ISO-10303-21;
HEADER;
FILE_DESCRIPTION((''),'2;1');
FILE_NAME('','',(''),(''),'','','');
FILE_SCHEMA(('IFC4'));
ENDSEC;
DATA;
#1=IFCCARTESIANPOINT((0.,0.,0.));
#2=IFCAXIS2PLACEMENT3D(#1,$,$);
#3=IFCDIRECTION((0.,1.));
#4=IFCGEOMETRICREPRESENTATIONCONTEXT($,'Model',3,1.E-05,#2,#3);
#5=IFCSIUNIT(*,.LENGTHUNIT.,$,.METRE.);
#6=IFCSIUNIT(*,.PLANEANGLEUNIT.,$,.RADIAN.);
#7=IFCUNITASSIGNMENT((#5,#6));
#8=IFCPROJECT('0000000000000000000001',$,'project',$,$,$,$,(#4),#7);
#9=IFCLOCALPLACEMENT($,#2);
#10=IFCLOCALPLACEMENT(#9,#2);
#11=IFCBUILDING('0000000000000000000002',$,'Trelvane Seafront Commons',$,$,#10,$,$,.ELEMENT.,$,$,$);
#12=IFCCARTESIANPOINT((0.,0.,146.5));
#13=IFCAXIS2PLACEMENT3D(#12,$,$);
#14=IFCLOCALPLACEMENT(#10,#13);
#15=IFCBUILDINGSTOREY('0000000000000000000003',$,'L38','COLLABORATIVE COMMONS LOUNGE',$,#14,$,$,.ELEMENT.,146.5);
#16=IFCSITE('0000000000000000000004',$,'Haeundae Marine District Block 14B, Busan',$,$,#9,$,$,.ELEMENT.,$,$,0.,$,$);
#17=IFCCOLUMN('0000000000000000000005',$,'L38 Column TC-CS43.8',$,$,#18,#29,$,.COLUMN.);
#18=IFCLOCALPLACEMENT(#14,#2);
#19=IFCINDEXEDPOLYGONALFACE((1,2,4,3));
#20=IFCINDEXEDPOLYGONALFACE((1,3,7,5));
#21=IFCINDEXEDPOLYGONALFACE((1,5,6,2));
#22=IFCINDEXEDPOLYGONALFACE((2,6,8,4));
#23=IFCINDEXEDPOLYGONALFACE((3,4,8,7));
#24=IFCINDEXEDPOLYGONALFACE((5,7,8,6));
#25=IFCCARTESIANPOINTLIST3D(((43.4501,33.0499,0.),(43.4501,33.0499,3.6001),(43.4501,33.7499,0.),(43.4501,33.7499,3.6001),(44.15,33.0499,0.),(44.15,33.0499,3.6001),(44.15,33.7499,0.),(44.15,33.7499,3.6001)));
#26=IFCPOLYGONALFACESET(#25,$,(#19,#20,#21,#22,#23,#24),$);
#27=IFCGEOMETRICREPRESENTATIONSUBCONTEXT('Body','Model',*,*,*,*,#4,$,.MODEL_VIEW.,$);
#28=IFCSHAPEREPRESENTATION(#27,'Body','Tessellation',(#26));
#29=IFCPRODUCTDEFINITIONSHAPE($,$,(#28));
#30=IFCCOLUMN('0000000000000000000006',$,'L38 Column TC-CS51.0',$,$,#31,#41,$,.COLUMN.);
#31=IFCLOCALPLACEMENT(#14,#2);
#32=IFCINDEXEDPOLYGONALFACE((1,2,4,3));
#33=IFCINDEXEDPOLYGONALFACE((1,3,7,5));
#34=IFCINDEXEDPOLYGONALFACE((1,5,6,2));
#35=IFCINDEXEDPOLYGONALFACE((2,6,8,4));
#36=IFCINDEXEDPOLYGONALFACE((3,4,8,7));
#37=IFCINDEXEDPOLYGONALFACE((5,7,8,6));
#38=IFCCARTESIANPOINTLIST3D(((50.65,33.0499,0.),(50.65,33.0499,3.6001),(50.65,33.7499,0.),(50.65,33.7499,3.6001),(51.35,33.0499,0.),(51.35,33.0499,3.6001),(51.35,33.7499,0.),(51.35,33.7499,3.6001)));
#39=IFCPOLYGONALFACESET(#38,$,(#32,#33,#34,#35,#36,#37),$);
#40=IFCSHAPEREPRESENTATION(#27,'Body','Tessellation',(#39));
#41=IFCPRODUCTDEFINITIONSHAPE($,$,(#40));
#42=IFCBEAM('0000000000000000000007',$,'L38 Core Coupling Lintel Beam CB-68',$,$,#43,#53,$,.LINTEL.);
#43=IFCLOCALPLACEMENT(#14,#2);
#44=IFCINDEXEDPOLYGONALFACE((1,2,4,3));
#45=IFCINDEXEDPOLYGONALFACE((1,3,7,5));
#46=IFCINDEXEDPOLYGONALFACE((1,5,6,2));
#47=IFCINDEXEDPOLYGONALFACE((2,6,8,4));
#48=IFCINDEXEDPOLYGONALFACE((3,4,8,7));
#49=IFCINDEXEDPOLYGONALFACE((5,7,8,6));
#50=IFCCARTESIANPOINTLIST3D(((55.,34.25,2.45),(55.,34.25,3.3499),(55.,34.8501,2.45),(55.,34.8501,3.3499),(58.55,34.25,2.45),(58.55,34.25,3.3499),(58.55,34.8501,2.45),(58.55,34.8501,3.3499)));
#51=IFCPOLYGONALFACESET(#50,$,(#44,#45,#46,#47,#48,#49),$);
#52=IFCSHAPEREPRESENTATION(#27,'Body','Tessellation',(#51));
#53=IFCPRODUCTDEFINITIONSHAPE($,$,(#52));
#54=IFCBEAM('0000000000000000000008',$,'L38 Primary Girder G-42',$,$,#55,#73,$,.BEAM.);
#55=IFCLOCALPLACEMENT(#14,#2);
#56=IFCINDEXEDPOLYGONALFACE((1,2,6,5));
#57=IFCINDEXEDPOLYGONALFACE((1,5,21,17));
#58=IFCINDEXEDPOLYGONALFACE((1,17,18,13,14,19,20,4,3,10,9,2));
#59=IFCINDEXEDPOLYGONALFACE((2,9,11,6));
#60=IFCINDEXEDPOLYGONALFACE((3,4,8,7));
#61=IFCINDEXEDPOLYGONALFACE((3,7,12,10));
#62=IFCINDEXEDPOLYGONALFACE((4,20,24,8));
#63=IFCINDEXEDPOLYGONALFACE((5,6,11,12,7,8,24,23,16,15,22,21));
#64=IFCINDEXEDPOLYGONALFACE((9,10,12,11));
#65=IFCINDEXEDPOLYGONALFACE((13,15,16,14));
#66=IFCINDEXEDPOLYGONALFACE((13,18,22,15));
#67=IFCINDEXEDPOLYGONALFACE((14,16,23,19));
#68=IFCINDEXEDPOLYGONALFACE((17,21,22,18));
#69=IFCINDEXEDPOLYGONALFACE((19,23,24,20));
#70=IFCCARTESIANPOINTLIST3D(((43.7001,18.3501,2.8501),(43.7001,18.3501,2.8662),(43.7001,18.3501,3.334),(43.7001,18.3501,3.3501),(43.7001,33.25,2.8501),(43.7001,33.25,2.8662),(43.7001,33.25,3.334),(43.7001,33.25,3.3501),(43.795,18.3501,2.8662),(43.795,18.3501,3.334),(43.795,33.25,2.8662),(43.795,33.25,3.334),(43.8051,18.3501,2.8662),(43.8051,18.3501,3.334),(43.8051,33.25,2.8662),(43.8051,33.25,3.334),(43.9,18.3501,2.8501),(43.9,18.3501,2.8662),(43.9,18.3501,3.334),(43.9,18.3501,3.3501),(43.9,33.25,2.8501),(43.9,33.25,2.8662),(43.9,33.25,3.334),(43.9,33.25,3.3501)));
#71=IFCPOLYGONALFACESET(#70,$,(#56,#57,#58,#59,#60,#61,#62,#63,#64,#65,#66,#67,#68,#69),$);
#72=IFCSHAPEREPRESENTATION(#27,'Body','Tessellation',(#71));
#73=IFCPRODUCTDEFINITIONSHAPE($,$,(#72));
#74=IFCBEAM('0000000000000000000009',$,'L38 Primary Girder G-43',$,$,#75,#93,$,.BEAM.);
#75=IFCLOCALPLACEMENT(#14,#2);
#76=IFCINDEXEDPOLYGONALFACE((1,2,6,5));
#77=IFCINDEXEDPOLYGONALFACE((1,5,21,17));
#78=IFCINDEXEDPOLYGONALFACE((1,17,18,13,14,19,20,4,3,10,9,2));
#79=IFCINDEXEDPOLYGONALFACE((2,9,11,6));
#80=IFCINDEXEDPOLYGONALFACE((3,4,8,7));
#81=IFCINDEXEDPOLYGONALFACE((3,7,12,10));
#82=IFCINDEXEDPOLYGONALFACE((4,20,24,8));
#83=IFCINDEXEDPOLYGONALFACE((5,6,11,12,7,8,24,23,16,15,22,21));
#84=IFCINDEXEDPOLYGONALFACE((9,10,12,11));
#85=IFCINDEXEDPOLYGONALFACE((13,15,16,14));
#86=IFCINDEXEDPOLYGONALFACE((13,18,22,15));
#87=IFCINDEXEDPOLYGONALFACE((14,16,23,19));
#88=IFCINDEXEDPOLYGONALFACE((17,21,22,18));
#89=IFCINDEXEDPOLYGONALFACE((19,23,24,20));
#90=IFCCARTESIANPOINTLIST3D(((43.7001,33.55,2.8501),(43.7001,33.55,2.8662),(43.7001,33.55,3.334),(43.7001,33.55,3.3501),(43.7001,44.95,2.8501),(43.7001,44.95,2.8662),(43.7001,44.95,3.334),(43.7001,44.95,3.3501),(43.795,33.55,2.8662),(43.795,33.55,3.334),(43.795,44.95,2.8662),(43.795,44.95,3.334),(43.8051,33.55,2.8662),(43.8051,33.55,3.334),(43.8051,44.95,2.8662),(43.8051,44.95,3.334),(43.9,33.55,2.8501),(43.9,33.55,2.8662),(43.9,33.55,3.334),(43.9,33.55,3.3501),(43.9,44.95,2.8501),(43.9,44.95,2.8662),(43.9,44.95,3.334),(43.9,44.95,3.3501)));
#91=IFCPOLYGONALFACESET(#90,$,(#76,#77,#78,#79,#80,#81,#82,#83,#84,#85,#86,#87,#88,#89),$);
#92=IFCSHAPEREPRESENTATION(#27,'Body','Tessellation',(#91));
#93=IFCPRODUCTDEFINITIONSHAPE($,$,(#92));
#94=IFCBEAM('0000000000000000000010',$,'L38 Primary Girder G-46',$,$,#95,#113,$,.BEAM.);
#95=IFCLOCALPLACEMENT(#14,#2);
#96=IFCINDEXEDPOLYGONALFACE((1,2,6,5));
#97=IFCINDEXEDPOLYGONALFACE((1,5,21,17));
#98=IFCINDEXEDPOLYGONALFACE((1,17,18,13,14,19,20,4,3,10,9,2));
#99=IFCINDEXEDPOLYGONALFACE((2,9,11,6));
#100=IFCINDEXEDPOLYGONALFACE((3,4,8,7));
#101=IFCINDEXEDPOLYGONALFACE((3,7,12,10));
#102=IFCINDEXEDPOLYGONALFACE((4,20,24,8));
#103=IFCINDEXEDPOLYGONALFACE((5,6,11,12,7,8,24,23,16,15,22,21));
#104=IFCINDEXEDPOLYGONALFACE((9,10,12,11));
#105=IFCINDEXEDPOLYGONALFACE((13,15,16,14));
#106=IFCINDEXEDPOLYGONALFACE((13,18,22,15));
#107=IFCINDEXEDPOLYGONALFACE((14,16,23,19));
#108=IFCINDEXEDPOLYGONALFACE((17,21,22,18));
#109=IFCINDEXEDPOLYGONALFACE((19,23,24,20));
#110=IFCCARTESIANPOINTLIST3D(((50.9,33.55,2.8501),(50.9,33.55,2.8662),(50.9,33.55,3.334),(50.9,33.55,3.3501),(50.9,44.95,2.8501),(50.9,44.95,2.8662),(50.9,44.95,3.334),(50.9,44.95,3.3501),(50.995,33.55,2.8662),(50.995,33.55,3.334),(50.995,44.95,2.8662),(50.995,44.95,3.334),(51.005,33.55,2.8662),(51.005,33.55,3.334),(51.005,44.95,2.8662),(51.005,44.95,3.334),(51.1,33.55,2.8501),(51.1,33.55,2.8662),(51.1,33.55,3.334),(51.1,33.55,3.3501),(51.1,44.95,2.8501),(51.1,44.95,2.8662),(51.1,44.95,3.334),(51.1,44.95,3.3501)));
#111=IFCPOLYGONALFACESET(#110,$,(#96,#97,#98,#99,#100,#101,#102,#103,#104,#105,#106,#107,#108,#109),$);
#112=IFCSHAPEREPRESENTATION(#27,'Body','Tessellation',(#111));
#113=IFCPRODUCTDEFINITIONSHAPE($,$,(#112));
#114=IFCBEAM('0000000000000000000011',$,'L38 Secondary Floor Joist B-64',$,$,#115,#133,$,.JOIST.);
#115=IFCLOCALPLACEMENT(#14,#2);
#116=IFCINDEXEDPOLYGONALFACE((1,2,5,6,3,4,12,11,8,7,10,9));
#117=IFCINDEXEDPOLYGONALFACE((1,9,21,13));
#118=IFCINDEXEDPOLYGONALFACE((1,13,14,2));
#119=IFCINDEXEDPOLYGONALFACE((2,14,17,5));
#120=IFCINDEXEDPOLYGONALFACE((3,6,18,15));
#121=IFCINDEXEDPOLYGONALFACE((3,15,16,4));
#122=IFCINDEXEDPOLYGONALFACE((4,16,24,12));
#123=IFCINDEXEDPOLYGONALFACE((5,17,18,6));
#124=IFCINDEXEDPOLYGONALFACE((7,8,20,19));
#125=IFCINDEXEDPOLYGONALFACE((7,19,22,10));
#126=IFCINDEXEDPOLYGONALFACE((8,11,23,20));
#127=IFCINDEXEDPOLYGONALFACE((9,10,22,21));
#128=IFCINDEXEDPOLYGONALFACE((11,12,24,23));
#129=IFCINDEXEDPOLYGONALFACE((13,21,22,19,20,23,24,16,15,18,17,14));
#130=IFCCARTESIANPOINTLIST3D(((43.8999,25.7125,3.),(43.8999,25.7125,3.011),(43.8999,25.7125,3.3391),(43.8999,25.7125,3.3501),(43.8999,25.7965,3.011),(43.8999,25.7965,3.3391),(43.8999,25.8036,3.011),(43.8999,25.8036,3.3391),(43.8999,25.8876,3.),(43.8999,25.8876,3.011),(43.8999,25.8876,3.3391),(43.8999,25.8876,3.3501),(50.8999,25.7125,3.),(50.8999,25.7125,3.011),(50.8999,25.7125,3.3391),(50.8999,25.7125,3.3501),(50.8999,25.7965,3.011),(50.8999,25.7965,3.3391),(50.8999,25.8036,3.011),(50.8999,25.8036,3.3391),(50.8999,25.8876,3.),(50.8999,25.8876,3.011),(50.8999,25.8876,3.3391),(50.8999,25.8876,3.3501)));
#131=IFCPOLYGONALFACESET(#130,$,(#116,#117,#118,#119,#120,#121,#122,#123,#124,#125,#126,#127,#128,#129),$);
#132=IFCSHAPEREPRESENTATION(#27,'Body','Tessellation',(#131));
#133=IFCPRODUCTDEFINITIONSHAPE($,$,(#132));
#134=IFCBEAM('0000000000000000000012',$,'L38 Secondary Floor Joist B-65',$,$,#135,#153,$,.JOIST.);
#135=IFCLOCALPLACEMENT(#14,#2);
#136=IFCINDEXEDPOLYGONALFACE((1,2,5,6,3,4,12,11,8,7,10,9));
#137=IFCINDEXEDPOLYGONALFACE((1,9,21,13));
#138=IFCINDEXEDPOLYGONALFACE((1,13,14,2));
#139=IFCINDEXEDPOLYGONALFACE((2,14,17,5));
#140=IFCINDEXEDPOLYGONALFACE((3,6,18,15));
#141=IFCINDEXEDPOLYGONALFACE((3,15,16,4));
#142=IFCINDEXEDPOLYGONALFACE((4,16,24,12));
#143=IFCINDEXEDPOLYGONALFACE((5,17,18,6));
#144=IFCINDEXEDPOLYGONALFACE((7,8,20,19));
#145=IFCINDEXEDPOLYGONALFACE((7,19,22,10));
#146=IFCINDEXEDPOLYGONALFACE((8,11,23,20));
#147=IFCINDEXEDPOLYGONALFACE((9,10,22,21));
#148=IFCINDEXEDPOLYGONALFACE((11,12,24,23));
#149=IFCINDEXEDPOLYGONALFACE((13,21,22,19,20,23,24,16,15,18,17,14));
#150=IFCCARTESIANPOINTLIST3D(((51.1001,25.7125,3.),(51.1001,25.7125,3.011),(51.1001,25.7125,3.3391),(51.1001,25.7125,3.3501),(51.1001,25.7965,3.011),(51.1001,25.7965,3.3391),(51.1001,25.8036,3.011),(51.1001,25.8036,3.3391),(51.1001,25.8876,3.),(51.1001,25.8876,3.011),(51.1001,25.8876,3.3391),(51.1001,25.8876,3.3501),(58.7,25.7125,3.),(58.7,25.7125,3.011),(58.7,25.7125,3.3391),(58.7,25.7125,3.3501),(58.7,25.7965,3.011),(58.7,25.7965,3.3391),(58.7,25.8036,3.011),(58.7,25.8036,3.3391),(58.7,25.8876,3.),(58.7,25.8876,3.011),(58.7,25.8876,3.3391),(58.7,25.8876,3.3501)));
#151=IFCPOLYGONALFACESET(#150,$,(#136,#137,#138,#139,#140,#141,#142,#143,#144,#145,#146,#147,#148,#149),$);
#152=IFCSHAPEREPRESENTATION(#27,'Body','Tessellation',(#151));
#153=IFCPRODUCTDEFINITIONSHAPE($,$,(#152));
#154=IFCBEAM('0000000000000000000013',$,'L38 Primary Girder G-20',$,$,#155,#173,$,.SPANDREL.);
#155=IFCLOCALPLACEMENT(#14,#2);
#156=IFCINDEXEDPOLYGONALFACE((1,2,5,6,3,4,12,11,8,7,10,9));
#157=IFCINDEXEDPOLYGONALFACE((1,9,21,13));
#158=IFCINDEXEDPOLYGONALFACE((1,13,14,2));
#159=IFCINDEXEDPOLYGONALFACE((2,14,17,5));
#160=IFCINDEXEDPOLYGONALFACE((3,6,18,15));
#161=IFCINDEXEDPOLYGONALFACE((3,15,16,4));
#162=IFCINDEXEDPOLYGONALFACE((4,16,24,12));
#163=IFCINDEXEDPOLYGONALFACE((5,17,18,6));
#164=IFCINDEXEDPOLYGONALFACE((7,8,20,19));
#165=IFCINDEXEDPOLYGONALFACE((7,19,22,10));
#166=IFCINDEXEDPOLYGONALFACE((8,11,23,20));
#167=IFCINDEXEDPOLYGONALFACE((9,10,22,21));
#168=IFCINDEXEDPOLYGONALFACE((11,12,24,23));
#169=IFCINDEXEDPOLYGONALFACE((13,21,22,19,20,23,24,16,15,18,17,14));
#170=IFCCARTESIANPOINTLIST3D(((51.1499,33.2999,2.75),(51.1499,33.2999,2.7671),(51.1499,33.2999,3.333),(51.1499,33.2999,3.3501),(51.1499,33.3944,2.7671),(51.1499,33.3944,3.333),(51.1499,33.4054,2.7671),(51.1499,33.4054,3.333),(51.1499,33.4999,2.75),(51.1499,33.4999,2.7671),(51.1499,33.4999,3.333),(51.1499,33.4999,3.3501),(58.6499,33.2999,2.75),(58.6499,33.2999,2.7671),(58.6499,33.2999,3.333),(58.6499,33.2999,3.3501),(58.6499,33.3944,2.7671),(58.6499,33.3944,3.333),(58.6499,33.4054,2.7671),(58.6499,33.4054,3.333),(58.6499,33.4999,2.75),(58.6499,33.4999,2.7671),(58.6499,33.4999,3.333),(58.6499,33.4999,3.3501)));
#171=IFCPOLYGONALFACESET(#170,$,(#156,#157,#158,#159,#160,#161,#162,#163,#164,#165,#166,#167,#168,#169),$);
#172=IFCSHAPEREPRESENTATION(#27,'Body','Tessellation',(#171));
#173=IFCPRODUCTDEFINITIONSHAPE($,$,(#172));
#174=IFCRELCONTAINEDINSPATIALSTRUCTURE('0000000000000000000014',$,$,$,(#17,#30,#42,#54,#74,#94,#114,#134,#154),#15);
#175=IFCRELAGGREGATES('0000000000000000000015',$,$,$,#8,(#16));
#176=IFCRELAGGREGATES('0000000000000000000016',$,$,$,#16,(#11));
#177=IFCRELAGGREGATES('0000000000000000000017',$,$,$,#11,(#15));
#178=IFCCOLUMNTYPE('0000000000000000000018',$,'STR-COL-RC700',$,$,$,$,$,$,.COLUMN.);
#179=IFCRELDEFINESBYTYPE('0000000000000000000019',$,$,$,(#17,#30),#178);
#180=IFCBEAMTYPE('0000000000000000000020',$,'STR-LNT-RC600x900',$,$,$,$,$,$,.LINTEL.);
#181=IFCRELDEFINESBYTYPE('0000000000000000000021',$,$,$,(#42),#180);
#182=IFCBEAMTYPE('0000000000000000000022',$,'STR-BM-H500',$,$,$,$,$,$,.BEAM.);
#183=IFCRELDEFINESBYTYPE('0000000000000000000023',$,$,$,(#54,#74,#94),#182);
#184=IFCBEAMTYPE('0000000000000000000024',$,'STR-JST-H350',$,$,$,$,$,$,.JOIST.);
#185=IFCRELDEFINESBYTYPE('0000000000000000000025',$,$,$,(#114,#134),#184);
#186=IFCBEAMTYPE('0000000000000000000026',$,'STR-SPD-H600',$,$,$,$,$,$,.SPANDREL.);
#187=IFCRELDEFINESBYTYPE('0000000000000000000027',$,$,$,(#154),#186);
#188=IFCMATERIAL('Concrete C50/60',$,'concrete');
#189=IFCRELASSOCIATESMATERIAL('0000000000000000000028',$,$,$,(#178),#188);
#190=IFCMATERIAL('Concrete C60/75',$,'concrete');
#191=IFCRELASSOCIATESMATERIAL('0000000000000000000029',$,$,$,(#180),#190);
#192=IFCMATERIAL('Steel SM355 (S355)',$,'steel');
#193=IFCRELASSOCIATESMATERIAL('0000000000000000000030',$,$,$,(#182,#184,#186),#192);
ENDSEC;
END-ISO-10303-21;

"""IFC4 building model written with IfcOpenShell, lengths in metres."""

from ifc_helpers import new_model, si_unit, direction, frame, origin, origin_2d, place, context, subcontext, project, spatial, rectangle, i_section, extrude, source, transform, mapped, material, material_profile, profile_set, type_object, element, save


model = new_model("IFC4")

# Units and contexts
model_context = context("Model", 3, precision=1e-05, world=origin(), true_north=direction((0.0, 1.0)))
body_context = subcontext(model_context, "Body", "Model", "MODEL_VIEW")
ifc_project = project(units=[si_unit("LENGTHUNIT", "METRE"), si_unit("PLANEANGLEUNIT", "RADIAN")], contexts=[model_context])

# Site, building, storey
site_placement = place(None, origin())
site = spatial("IfcSite", under=ifc_project, at=site_placement, Name="Haeundae Marine District Block 14B, Busan", CompositionType="ELEMENT", RefElevation=0.0)
building_placement = place(site_placement, origin())
building = spatial("IfcBuilding", under=site, at=building_placement, Name="Trelvane Seafront Commons", CompositionType="ELEMENT")
storey_placement = place(building_placement, frame((0.0, 0.0, 146.5)))
storey = spatial("IfcBuildingStorey", under=building, at=storey_placement, Name="L38", Description="COLLABORATIVE COMMONS LOUNGE", CompositionType="ELEMENT", Elevation=146.5)

# Columns
ifc_material_1 = material(Name="Concrete C50/60", Category="concrete")
ifc_material_profile_1 = material_profile(ifc_material_1, rectangle(XDim=0.7, YDim=0.7, at=origin_2d()), Name="RC-700x700")
ifc_profile_set_1 = profile_set([ifc_material_profile_1], Name="Concrete C50/60")
column_type = type_object("IfcColumnType", Name="STR-COL-RC700", PredefinedType="COLUMN", material=ifc_profile_set_1)
shared_shape_1 = source(origin(), body_context, "Body", "SweptSolid", [
    extrude(rectangle(XDim=0.7, YDim=0.7, at=origin_2d()), origin(), (0.0, 0.0, 1.0), 3.6001),
])
for number, where, z_axis, x_axis, name in (
    (1, (43.8, 33.3999, 0.0), (0.0, 0.0, 1.0), (1.0, 0.0, 0.0), "L38 Column TC-CS43.8"),
    (2, (51.0, 33.3999, 0.0), (0.0, 0.0, 1.0), (1.0, 0.0, 0.0), "L38 Column TC-CS51.0"),
):
    element("IfcColumn", number, at=place(storey_placement, frame(where, z_axis=z_axis, x_axis=x_axis)), inside=storey, type_object=column_type, Name=name, PredefinedType="COLUMN", context=body_context, shape_type="MappedRepresentation", body=[
        mapped(shared_shape_1, transform((0.0, 0.0, 0.0), x_axis=(1.0, 0.0, 0.0), y_axis=(0.0, 1.0, 0.0), z_axis=(0.0, 0.0, 1.0), scale=1.0)),
    ])

# Beams
ifc_material_2 = material(Name="Concrete C60/75", Category="concrete")
ifc_material_profile_2 = material_profile(ifc_material_2, rectangle(XDim=0.6001, YDim=0.8999, at=origin_2d()), Name="RC-600x900")
ifc_profile_set_2 = profile_set([ifc_material_profile_2], Name="Concrete C60/75")
beam_type_1 = type_object("IfcBeamType", Name="STR-LNT-RC600x900", PredefinedType="LINTEL", material=ifc_profile_set_2)
shared_shape_2 = source(origin(), body_context, "Body", "SweptSolid", [
    extrude(rectangle(XDim=0.6001, YDim=0.8999, at=origin_2d()), origin(), (0.0, 0.0, 1.0), 3.55),
])
beam_1_placement = place(storey_placement, frame((55.0, 34.55, 2.8999), z_axis=(1.0, 0.0, 0.0), x_axis=(0.0, 1.0, 0.0)))
element("IfcBeam", 3, at=beam_1_placement, inside=storey, type_object=beam_type_1, Name="L38 Core Coupling Lintel Beam CB-68", PredefinedType="LINTEL", context=body_context, shape_type="MappedRepresentation", body=[
    mapped(shared_shape_2, transform((0.0, 0.0, 0.0), x_axis=(1.0, 0.0, 0.0), y_axis=(0.0, 1.0, 0.0), z_axis=(0.0, 0.0, 1.0), scale=1.0)),
])
ifc_material_3 = material(Name="Steel SM355 (S355)", Category="steel")
ifc_material_profile_3 = material_profile(ifc_material_3, i_section(OverallWidth=0.2, OverallDepth=0.5, WebThickness=0.01, FlangeThickness=0.0161, at=origin_2d()), Name="H-500x200x10x16")
ifc_profile_set_3 = profile_set([ifc_material_profile_3], Name="Steel SM355 (S355)")
beam_type_2 = type_object("IfcBeamType", Name="STR-BM-H500", PredefinedType="BEAM", material=ifc_profile_set_3)
shared_shape_3 = source(origin(), body_context, "Body", "SweptSolid", [
    extrude(i_section(OverallWidth=0.2, OverallDepth=0.5, WebThickness=0.01, FlangeThickness=0.0161, at=origin_2d()), origin(), (0.0, 0.0, 1.0), 14.8999),
])
beam_2_placement = place(storey_placement, frame((43.8, 18.3501, 3.1001), z_axis=(0.0, 1.0, 0.0), x_axis=(-1.0, 0.0, 0.0)))
element("IfcBeam", 4, at=beam_2_placement, inside=storey, type_object=beam_type_2, Name="L38 Primary Girder G-42", PredefinedType="BEAM", context=body_context, shape_type="MappedRepresentation", body=[
    mapped(shared_shape_3, transform((0.0, 0.0, 0.0), x_axis=(1.0, 0.0, 0.0), y_axis=(0.0, 1.0, 0.0), z_axis=(0.0, 0.0, 1.0), scale=1.0)),
])
shared_shape_4 = source(origin(), body_context, "Body", "SweptSolid", [
    extrude(i_section(OverallWidth=0.2, OverallDepth=0.5, WebThickness=0.01, FlangeThickness=0.0161, at=origin_2d()), origin(), (0.0, 0.0, 1.0), 11.3999),
])
for number, where, z_axis, x_axis, name in (
    (5, (43.8, 33.55, 3.1001), (0.0, 1.0, 0.0), (-1.0, 0.0, 0.0), "L38 Primary Girder G-43"),
    (6, (51.0, 33.55, 3.1001), (0.0, 1.0, 0.0), (-1.0, 0.0, 0.0), "L38 Primary Girder G-46"),
):
    element("IfcBeam", number, at=place(storey_placement, frame(where, z_axis=z_axis, x_axis=x_axis)), inside=storey, type_object=beam_type_2, Name=name, PredefinedType="BEAM", context=body_context, shape_type="MappedRepresentation", body=[
        mapped(shared_shape_4, transform((0.0, 0.0, 0.0), x_axis=(1.0, 0.0, 0.0), y_axis=(0.0, 1.0, 0.0), z_axis=(0.0, 0.0, 1.0), scale=1.0)),
    ])
ifc_material_profile_4 = material_profile(ifc_material_3, i_section(OverallWidth=0.175, OverallDepth=0.3501, WebThickness=0.0071, FlangeThickness=0.011, at=origin_2d()), Name="H-350x175x7x11")
ifc_profile_set_4 = profile_set([ifc_material_profile_4], Name="Steel SM355 (S355)")
beam_type_3 = type_object("IfcBeamType", Name="STR-JST-H350", PredefinedType="JOIST", material=ifc_profile_set_4)
shared_shape_5 = source(origin(), body_context, "Body", "SweptSolid", [
    extrude(i_section(OverallWidth=0.175, OverallDepth=0.3501, WebThickness=0.0071, FlangeThickness=0.011, at=origin_2d()), origin(), (0.0, 0.0, 1.0), 7.0),
])
beam_3_placement = place(storey_placement, frame((43.8999, 25.8, 3.175), z_axis=(1.0, 0.0, 0.0), x_axis=(0.0, 1.0, 0.0)))
element("IfcBeam", 7, at=beam_3_placement, inside=storey, type_object=beam_type_3, Name="L38 Secondary Floor Joist B-64", PredefinedType="JOIST", context=body_context, shape_type="MappedRepresentation", body=[
    mapped(shared_shape_5, transform((0.0, 0.0, 0.0), x_axis=(1.0, 0.0, 0.0), y_axis=(0.0, 1.0, 0.0), z_axis=(0.0, 0.0, 1.0), scale=1.0)),
])
shared_shape_6 = source(origin(), body_context, "Body", "SweptSolid", [
    extrude(i_section(OverallWidth=0.175, OverallDepth=0.3501, WebThickness=0.0071, FlangeThickness=0.011, at=origin_2d()), origin(), (0.0, 0.0, 1.0), 7.5999),
])
beam_4_placement = place(storey_placement, frame((51.1001, 25.8, 3.175), z_axis=(1.0, 0.0, 0.0), x_axis=(0.0, 1.0, 0.0)))
element("IfcBeam", 8, at=beam_4_placement, inside=storey, type_object=beam_type_3, Name="L38 Secondary Floor Joist B-65", PredefinedType="JOIST", context=body_context, shape_type="MappedRepresentation", body=[
    mapped(shared_shape_6, transform((0.0, 0.0, 0.0), x_axis=(1.0, 0.0, 0.0), y_axis=(0.0, 1.0, 0.0), z_axis=(0.0, 0.0, 1.0), scale=1.0)),
])
ifc_material_profile_5 = material_profile(ifc_material_3, i_section(OverallWidth=0.2, OverallDepth=0.6001, WebThickness=0.011, FlangeThickness=0.0171, at=origin_2d()), Name="H-600x200x11x17")
ifc_profile_set_5 = profile_set([ifc_material_profile_5], Name="Steel SM355 (S355)")
beam_type_4 = type_object("IfcBeamType", Name="STR-SPD-H600", PredefinedType="SPANDREL", material=ifc_profile_set_5)
shared_shape_7 = source(origin(), body_context, "Body", "SweptSolid", [
    extrude(i_section(OverallWidth=0.2, OverallDepth=0.6001, WebThickness=0.011, FlangeThickness=0.0171, at=origin_2d()), origin(), (0.0, 0.0, 1.0), 7.5),
])
beam_5_placement = place(storey_placement, frame((51.1499, 33.3999, 3.05), z_axis=(1.0, 0.0, 0.0), x_axis=(0.0, 1.0, 0.0)))
element("IfcBeam", 9, at=beam_5_placement, inside=storey, type_object=beam_type_4, Name="L38 Primary Girder G-20", PredefinedType="SPANDREL", context=body_context, shape_type="MappedRepresentation", body=[
    mapped(shared_shape_7, transform((0.0, 0.0, 0.0), x_axis=(1.0, 0.0, 0.0), y_axis=(0.0, 1.0, 0.0), z_axis=(0.0, 0.0, 1.0), scale=1.0)),
])

save(model, "model.ifc")
